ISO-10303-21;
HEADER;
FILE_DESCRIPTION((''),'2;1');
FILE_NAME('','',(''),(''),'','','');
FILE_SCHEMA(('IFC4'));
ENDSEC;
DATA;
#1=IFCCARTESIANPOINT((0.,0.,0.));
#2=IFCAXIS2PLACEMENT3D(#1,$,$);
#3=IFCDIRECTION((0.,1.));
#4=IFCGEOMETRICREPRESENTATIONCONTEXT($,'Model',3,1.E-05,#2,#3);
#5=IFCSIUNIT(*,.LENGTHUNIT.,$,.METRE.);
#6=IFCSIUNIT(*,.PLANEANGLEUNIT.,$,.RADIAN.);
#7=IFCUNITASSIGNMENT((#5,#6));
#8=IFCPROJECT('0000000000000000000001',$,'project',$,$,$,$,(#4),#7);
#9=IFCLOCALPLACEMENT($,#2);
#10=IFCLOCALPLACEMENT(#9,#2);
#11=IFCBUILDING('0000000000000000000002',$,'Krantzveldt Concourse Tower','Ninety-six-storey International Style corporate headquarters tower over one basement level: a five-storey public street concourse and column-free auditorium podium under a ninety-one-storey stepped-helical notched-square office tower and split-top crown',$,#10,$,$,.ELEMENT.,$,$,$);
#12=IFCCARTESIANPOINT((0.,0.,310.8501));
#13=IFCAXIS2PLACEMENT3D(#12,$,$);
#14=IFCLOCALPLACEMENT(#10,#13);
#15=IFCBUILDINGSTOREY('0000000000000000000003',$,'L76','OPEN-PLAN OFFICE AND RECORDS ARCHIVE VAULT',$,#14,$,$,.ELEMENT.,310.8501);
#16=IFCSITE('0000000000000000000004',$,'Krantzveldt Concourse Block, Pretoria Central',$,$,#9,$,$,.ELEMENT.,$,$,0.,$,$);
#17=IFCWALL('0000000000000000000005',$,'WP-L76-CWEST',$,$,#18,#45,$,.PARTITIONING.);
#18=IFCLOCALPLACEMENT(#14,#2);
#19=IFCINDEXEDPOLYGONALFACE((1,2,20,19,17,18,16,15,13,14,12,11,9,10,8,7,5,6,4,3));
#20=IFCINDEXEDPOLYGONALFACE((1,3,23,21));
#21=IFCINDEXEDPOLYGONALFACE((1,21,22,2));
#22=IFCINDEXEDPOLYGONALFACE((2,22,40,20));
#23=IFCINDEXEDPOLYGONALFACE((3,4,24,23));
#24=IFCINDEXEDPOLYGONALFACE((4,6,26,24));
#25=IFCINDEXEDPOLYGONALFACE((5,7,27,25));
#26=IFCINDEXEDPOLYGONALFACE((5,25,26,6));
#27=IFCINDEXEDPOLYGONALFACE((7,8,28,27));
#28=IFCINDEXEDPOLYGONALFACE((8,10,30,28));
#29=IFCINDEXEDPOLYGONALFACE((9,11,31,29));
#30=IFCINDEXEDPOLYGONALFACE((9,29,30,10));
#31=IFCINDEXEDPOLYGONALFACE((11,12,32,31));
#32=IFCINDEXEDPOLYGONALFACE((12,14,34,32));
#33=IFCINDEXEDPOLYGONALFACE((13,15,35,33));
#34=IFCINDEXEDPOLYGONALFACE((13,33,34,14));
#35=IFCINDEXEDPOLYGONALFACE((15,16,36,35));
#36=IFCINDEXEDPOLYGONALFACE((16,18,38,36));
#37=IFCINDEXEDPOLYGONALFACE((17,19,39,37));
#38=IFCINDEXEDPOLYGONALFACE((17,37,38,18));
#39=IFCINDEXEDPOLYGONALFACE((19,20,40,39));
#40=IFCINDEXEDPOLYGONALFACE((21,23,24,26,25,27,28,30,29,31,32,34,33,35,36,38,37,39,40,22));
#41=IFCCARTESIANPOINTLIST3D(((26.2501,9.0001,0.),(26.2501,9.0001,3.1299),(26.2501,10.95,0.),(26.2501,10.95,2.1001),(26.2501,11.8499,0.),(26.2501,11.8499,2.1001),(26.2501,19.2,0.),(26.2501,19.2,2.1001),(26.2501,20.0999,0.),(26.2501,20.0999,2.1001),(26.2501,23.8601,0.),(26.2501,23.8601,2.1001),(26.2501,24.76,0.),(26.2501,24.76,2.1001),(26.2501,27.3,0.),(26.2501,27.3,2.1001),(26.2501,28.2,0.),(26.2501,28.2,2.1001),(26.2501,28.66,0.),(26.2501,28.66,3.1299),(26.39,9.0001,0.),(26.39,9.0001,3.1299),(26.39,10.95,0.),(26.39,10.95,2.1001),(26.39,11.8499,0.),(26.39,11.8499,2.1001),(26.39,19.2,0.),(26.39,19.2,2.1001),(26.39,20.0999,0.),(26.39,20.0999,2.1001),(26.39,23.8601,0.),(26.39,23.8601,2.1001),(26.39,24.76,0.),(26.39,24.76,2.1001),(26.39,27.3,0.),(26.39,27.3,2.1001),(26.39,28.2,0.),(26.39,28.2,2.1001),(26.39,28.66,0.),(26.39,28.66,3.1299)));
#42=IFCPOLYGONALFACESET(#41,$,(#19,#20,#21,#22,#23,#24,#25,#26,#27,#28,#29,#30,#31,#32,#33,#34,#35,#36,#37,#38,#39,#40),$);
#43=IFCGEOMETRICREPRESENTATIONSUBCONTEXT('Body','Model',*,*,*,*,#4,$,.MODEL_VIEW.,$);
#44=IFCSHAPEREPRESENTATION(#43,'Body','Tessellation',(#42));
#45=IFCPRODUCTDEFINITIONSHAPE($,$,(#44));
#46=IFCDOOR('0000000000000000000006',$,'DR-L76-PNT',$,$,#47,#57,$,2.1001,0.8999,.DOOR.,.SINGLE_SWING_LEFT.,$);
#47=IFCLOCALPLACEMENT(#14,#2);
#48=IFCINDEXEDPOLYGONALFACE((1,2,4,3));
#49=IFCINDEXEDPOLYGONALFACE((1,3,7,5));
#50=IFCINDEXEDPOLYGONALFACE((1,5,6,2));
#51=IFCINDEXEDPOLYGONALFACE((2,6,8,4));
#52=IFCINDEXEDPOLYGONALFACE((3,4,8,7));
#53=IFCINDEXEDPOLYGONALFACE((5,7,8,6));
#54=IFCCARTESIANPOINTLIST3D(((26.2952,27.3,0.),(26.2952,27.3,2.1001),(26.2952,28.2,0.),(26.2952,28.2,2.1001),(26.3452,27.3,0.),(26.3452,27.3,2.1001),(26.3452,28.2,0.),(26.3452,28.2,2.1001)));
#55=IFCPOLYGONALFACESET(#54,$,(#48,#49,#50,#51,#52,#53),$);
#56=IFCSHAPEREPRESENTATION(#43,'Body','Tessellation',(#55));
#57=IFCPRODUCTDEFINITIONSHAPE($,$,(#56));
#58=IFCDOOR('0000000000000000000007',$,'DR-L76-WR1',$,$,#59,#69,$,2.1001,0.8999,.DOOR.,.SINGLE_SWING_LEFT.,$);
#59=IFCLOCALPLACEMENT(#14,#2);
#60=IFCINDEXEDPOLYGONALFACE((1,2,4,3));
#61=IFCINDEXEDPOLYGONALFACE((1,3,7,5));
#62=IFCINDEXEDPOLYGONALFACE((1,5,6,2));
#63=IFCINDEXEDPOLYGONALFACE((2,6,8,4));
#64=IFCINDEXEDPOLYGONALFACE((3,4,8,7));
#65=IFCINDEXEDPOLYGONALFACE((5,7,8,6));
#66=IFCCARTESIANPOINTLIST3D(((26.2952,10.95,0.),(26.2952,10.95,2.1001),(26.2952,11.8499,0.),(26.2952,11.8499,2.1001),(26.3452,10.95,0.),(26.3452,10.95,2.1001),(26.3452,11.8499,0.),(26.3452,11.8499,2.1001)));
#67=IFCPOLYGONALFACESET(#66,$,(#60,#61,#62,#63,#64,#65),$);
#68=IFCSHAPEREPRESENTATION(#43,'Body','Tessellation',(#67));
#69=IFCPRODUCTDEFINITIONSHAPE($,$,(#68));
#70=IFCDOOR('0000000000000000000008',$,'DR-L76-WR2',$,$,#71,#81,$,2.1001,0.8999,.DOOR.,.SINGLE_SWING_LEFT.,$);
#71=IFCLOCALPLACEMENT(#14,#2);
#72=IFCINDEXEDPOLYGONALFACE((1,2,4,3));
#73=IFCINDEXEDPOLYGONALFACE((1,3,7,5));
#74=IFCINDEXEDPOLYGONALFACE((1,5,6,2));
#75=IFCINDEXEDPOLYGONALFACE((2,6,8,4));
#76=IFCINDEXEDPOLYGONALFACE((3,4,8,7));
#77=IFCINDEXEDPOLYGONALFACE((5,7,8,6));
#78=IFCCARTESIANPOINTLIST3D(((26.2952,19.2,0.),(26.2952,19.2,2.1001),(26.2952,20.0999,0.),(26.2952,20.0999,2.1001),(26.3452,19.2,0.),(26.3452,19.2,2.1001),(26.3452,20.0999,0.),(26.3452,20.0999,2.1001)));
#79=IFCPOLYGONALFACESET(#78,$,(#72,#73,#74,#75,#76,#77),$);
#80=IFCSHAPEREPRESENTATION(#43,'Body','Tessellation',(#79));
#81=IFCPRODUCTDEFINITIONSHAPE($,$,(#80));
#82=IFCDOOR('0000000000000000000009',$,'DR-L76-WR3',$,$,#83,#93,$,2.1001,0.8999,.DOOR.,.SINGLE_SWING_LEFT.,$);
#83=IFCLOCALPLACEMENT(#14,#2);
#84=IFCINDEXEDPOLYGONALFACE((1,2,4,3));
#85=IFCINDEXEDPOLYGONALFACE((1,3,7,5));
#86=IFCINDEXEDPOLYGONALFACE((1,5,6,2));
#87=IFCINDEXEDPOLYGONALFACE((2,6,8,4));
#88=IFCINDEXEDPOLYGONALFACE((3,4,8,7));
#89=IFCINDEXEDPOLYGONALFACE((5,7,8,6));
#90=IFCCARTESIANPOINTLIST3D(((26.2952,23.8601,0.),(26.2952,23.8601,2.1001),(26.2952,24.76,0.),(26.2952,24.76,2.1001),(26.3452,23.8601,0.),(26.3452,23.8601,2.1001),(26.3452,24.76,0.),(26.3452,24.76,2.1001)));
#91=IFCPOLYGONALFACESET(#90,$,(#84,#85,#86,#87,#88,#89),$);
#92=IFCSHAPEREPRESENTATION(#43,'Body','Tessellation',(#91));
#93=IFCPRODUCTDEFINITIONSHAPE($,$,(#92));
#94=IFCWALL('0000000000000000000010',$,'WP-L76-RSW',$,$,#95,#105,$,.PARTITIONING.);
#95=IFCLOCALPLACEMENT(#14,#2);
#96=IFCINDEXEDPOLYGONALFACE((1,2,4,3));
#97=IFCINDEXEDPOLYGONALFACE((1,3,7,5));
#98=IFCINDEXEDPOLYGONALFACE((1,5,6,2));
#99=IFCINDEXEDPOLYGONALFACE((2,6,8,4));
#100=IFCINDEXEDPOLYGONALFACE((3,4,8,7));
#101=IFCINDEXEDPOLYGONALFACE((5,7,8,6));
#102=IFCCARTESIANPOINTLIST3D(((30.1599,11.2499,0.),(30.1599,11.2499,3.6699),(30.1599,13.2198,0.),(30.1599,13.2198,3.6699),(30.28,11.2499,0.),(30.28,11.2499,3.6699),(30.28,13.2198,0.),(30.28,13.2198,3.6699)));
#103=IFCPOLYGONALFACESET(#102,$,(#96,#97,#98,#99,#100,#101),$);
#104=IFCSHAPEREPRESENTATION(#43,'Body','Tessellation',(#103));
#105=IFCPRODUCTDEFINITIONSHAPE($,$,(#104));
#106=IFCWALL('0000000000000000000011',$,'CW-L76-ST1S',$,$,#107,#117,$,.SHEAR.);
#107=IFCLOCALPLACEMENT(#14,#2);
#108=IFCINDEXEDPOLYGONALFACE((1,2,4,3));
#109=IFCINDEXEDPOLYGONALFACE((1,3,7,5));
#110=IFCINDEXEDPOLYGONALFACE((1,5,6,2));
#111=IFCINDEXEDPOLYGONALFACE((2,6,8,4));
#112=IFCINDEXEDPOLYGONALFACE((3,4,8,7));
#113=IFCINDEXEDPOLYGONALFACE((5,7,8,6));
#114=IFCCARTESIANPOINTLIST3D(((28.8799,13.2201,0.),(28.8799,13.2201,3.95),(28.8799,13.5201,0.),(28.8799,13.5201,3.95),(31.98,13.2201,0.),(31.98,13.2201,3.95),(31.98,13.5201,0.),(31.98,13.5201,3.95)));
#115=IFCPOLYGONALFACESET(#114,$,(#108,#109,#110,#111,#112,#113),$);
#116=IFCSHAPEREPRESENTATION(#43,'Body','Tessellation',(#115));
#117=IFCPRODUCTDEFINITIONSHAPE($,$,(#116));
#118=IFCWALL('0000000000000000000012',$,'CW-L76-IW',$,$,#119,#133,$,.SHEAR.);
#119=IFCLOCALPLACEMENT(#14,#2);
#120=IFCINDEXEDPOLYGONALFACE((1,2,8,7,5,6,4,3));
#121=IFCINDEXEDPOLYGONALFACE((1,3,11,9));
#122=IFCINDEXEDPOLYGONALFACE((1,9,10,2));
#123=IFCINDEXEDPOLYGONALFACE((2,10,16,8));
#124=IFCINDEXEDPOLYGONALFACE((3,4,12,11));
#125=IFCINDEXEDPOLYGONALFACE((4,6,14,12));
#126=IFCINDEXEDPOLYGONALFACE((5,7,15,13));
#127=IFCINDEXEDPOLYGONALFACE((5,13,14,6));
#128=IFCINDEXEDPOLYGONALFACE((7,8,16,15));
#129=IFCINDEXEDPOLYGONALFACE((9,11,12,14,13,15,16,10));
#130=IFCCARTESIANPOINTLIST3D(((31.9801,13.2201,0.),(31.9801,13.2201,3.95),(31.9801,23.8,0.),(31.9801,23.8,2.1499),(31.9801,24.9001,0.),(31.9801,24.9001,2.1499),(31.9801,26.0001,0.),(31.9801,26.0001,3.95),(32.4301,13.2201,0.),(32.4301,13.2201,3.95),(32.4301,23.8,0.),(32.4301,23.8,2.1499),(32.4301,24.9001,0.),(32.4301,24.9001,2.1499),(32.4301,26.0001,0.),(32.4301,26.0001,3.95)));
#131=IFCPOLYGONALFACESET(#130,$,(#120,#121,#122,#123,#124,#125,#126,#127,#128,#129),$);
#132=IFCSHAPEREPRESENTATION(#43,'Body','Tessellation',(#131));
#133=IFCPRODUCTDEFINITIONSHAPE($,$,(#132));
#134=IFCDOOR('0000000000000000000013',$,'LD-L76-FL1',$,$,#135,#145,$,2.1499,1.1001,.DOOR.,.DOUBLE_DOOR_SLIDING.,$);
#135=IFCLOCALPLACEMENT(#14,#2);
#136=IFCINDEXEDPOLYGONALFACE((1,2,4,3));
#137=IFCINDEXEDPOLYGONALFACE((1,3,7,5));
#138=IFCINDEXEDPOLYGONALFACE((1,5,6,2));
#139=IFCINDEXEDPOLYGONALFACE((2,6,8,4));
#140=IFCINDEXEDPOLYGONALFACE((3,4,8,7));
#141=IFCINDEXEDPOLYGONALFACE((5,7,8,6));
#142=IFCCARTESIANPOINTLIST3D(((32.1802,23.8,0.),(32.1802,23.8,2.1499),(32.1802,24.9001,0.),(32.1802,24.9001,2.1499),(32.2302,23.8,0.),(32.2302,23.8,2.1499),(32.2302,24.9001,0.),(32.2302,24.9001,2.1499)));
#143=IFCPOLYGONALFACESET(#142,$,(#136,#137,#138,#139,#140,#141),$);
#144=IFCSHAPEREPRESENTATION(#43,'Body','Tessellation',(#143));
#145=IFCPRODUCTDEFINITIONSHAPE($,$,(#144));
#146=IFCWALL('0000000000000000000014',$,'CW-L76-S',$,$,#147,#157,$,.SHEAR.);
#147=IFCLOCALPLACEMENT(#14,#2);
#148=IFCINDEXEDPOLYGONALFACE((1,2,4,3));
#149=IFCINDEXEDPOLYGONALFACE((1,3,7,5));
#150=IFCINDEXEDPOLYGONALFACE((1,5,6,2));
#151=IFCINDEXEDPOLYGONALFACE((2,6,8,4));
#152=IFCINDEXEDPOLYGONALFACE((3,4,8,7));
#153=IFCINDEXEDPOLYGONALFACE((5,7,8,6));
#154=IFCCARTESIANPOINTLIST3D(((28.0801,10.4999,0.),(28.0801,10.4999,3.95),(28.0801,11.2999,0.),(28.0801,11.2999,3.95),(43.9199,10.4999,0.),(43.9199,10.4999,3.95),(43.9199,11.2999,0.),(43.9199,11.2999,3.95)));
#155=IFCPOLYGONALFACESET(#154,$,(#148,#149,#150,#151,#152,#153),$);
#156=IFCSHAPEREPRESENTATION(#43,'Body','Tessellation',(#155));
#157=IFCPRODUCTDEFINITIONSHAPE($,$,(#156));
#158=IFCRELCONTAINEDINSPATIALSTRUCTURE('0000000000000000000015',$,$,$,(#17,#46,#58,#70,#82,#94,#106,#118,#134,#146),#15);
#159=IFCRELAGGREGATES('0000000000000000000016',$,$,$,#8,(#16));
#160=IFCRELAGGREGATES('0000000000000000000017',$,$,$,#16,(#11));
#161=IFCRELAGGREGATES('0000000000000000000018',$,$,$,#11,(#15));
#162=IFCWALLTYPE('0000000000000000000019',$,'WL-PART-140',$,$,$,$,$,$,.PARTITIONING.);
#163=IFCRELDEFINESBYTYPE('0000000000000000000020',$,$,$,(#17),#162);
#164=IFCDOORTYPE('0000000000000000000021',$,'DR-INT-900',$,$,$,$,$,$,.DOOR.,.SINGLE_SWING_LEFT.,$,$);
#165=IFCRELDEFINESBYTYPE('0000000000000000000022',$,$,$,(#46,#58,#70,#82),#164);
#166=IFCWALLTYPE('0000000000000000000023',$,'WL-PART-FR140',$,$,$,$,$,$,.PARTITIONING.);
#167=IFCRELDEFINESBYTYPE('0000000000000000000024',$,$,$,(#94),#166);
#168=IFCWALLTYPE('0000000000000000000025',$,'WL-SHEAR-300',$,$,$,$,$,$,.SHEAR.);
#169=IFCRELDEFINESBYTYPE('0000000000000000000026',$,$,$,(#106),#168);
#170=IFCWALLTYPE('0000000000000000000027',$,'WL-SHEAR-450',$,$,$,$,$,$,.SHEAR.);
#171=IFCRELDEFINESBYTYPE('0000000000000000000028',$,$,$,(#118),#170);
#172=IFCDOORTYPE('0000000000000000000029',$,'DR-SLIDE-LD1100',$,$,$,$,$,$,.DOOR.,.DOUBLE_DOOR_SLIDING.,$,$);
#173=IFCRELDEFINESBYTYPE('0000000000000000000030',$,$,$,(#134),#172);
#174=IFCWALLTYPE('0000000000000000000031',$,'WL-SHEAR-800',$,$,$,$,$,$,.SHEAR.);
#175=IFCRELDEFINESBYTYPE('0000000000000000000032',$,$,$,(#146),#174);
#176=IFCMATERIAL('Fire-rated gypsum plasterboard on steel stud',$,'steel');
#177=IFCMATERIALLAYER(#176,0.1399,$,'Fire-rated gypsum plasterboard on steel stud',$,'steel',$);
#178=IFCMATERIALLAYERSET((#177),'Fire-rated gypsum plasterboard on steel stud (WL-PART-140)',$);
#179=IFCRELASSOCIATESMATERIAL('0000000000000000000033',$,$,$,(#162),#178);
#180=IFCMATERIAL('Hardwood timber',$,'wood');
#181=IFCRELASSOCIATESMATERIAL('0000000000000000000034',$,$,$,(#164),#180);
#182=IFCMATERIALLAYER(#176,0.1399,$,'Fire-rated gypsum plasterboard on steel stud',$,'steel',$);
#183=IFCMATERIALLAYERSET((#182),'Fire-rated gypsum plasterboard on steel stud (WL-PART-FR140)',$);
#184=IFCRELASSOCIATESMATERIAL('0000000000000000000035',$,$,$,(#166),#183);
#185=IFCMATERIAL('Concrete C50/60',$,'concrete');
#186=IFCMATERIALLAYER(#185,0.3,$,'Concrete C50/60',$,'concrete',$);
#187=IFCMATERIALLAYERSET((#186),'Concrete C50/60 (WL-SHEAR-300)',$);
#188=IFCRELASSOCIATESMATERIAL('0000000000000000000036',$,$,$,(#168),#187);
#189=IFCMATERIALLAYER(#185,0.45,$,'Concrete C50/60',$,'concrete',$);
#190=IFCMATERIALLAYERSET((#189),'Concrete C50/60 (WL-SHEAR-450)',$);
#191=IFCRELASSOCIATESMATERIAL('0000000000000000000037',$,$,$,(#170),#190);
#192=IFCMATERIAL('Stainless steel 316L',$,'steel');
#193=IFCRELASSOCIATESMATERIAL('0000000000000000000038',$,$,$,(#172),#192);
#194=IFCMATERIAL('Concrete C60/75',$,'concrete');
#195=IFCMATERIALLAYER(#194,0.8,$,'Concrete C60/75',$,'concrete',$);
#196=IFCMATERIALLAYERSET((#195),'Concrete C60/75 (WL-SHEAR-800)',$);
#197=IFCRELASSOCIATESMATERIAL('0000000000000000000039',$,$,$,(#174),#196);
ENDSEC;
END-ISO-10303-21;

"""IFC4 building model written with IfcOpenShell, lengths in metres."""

from ifc_helpers import new_model, si_unit, direction, frame, frame_2d, origin, place, context, subcontext, project, spatial, rectangle, extrude, material, layer, layer_set, type_object, element, fill, save


model = new_model("IFC4")

# Units and contexts
model_context = context("Model", 3, precision=1e-05, world=origin(), true_north=direction((0.0, 1.0)))
body_context = subcontext(model_context, "Body", "Model", "MODEL_VIEW")
ifc_project = project(units=[si_unit("LENGTHUNIT", "METRE"), si_unit("PLANEANGLEUNIT", "RADIAN")], contexts=[model_context])

# Site, building, storey
site_placement = place(None, origin())
site = spatial("IfcSite", under=ifc_project, at=site_placement, Name="Krantzveldt Concourse Block, Pretoria Central", CompositionType="ELEMENT", RefElevation=0.0)
building_placement = place(site_placement, origin())
building = spatial("IfcBuilding", under=site, at=building_placement, Name="Krantzveldt Concourse Tower", Description="Ninety-six-storey International Style corporate headquarters tower over one basement level: a five-storey public street concourse and column-free auditorium podium under a ninety-one-storey stepped-helical notched-square office tower and split-top crown", CompositionType="ELEMENT")
storey_placement = place(building_placement, frame((0.0, 0.0, 310.8501)))
storey = spatial("IfcBuildingStorey", under=building, at=storey_placement, Name="L76", Description="OPEN-PLAN OFFICE AND RECORDS ARCHIVE VAULT", CompositionType="ELEMENT", Elevation=310.8501)

# Shared definitions
ifc_material_1 = material(Name="Fire-rated gypsum plasterboard on steel stud", Category="steel")
ifc_material_2 = material(Name="Hardwood timber", Category="wood")

# Wall, openings, doors
ifc_layer_1 = layer(ifc_material_1, 0.1399, Name="Fire-rated gypsum plasterboard on steel stud", Category="steel")
ifc_layer_set_1 = layer_set([ifc_layer_1], Name="Fire-rated gypsum plasterboard on steel stud (WL-PART-140)")
wall_type_1 = type_object("IfcWallType", Name="WL-PART-140", PredefinedType="PARTITIONING", material=ifc_layer_set_1)
wall_1_placement = place(storey_placement, frame((26.3201, 9.0, 0.0), z_axis=(0.0, 0.0, 1.0), x_axis=(0.0, 1.0, 0.0)))
wall_1 = element("IfcWall", 1, at=wall_1_placement, inside=storey, type_object=wall_type_1, Name="WP-L76-CWEST", PredefinedType="PARTITIONING", context=body_context, shape_type="SweptSolid", body=[
    extrude(rectangle(XDim=19.6599, YDim=0.1399, at=frame_2d((9.8301, 0.0))), origin(), (0.0, 0.0, 1.0), 3.1299),
])
opening_1_placement = place(wall_1_placement, frame((18.3, 0.0, 0.0)))
opening_1 = element("IfcOpeningElement", 2, at=opening_1_placement, cuts=wall_1, PredefinedType="OPENING", context=body_context, shape_type="SweptSolid", body=[
    extrude(rectangle(XDim=0.8999, YDim=2.1001, at=frame_2d((0.45, 1.05))), frame((0.0, 0.0801, 0.0), z_axis=(0.0, -1.0, 0.0), x_axis=(1.0, 0.0, 0.0)), (0.0, 0.0, 1.0), 0.1599),
])
opening_2_placement = place(wall_1_placement, frame((1.95, 0.0, 0.0)))
opening_2 = element("IfcOpeningElement", 3, at=opening_2_placement, cuts=wall_1, PredefinedType="OPENING", context=body_context, shape_type="SweptSolid", body=[
    extrude(rectangle(XDim=0.8999, YDim=2.1001, at=frame_2d((0.45, 1.05))), frame((0.0, 0.0801, 0.0), z_axis=(0.0, -1.0, 0.0), x_axis=(1.0, 0.0, 0.0)), (0.0, 0.0, 1.0), 0.1599),
])
opening_3_placement = place(wall_1_placement, frame((10.2, 0.0, 0.0)))
opening_3 = element("IfcOpeningElement", 4, at=opening_3_placement, cuts=wall_1, PredefinedType="OPENING", context=body_context, shape_type="SweptSolid", body=[
    extrude(rectangle(XDim=0.8999, YDim=2.1001, at=frame_2d((0.45, 1.05))), frame((0.0, 0.0801, 0.0), z_axis=(0.0, -1.0, 0.0), x_axis=(1.0, 0.0, 0.0)), (0.0, 0.0, 1.0), 0.1599),
])
opening_4_placement = place(wall_1_placement, frame((14.8601, 0.0, 0.0)))
opening_4 = element("IfcOpeningElement", 5, at=opening_4_placement, cuts=wall_1, PredefinedType="OPENING", context=body_context, shape_type="SweptSolid", body=[
    extrude(rectangle(XDim=0.8999, YDim=2.1001, at=frame_2d((0.45, 1.05))), frame((0.0, 0.0801, 0.0), z_axis=(0.0, -1.0, 0.0), x_axis=(1.0, 0.0, 0.0)), (0.0, 0.0, 1.0), 0.1599),
])
door_type_1 = type_object("IfcDoorType", Name="DR-INT-900", OperationType="SINGLE_SWING_LEFT", PredefinedType="DOOR", material=ifc_material_2)
door_1_placement = place(opening_1_placement, origin())
door_1 = element("IfcDoor", 6, at=door_1_placement, inside=storey, type_object=door_type_1, Name="DR-L76-PNT", OperationType="SINGLE_SWING_LEFT", OverallHeight=2.1001, OverallWidth=0.8999, PredefinedType="DOOR", context=body_context, shape_type="SweptSolid", body=[
    extrude(rectangle(XDim=0.8999, YDim=2.1001, at=frame_2d((0.45, 1.05))), frame((0.0, 0.0249, 0.0), z_axis=(0.0, -1.0, 0.0), x_axis=(1.0, 0.0, 0.0)), (0.0, 0.0, 1.0), 0.05),
])
fill(opening_1, door_1)
door_2_placement = place(opening_2_placement, origin())
door_2 = element("IfcDoor", 7, at=door_2_placement, inside=storey, type_object=door_type_1, Name="DR-L76-WR1", OperationType="SINGLE_SWING_LEFT", OverallHeight=2.1001, OverallWidth=0.8999, PredefinedType="DOOR", context=body_context, shape_type="SweptSolid", body=[
    extrude(rectangle(XDim=0.8999, YDim=2.1001, at=frame_2d((0.45, 1.05))), frame((0.0, 0.0249, 0.0), z_axis=(0.0, -1.0, 0.0), x_axis=(1.0, 0.0, 0.0)), (0.0, 0.0, 1.0), 0.05),
])
fill(opening_2, door_2)
door_3_placement = place(opening_3_placement, origin())
door_3 = element("IfcDoor", 8, at=door_3_placement, inside=storey, type_object=door_type_1, Name="DR-L76-WR2", OperationType="SINGLE_SWING_LEFT", OverallHeight=2.1001, OverallWidth=0.8999, PredefinedType="DOOR", context=body_context, shape_type="SweptSolid", body=[
    extrude(rectangle(XDim=0.8999, YDim=2.1001, at=frame_2d((0.45, 1.05))), frame((0.0, 0.0249, 0.0), z_axis=(0.0, -1.0, 0.0), x_axis=(1.0, 0.0, 0.0)), (0.0, 0.0, 1.0), 0.05),
])
fill(opening_3, door_3)
door_4_placement = place(opening_4_placement, origin())
door_4 = element("IfcDoor", 9, at=door_4_placement, inside=storey, type_object=door_type_1, Name="DR-L76-WR3", OperationType="SINGLE_SWING_LEFT", OverallHeight=2.1001, OverallWidth=0.8999, PredefinedType="DOOR", context=body_context, shape_type="SweptSolid", body=[
    extrude(rectangle(XDim=0.8999, YDim=2.1001, at=frame_2d((0.45, 1.05))), frame((0.0, 0.0249, 0.0), z_axis=(0.0, -1.0, 0.0), x_axis=(1.0, 0.0, 0.0)), (0.0, 0.0, 1.0), 0.05),
])
fill(opening_4, door_4)

# Walls
ifc_layer_2 = layer(ifc_material_1, 0.1399, Name="Fire-rated gypsum plasterboard on steel stud", Category="steel")
ifc_layer_set_2 = layer_set([ifc_layer_2], Name="Fire-rated gypsum plasterboard on steel stud (WL-PART-FR140)")
wall_type_2 = type_object("IfcWallType", Name="WL-PART-FR140", PredefinedType="PARTITIONING", material=ifc_layer_set_2)
wall_2_placement = place(storey_placement, frame((30.22, 11.25, 0.0), z_axis=(0.0, 0.0, 1.0), x_axis=(0.0, 1.0, 0.0)))
element("IfcWall", 10, at=wall_2_placement, inside=storey, type_object=wall_type_2, Name="WP-L76-RSW", PredefinedType="PARTITIONING", context=body_context, shape_type="SweptSolid", body=[
    extrude(rectangle(XDim=1.97, YDim=0.1201, at=frame_2d((0.9849, 0.0))), origin(), (0.0, 0.0, 1.0), 3.6699),
])
ifc_material_3 = material(Name="Concrete C50/60", Category="concrete")
ifc_layer_3 = layer(ifc_material_3, 0.3, Name="Concrete C50/60", Category="concrete")
ifc_layer_set_3 = layer_set([ifc_layer_3], Name="Concrete C50/60 (WL-SHEAR-300)")
wall_type_3 = type_object("IfcWallType", Name="WL-SHEAR-300", PredefinedType="SHEAR", material=ifc_layer_set_3)
wall_3_placement = place(storey_placement, frame((28.8799, 13.3701, 0.0), z_axis=(0.0, 0.0, 1.0), x_axis=(1.0, 0.0, 0.0)))
element("IfcWall", 11, at=wall_3_placement, inside=storey, type_object=wall_type_3, Name="CW-L76-ST1S", PredefinedType="SHEAR", context=body_context, shape_type="SweptSolid", body=[
    extrude(rectangle(XDim=3.1001, YDim=0.3, at=frame_2d((1.55, 0.0))), origin(), (0.0, 0.0, 1.0), 3.95),
])

# Wall, opening, door
ifc_layer_4 = layer(ifc_material_3, 0.45, Name="Concrete C50/60", Category="concrete")
ifc_layer_set_4 = layer_set([ifc_layer_4], Name="Concrete C50/60 (WL-SHEAR-450)")
wall_type_4 = type_object("IfcWallType", Name="WL-SHEAR-450", PredefinedType="SHEAR", material=ifc_layer_set_4)
wall_4_placement = place(storey_placement, frame((32.2051, 13.22, 0.0), z_axis=(0.0, 0.0, 1.0), x_axis=(0.0, 1.0, 0.0)))
wall_4 = element("IfcWall", 12, at=wall_4_placement, inside=storey, type_object=wall_type_4, Name="CW-L76-IW", PredefinedType="SHEAR", context=body_context, shape_type="SweptSolid", body=[
    extrude(rectangle(XDim=12.78, YDim=0.45, at=frame_2d((6.3901, 0.0))), origin(), (0.0, 0.0, 1.0), 3.95),
])
opening_5_placement = place(wall_4_placement, frame((10.5801, 0.0, 0.0)))
opening_5 = element("IfcOpeningElement", 13, at=opening_5_placement, cuts=wall_4, PredefinedType="OPENING", context=body_context, shape_type="SweptSolid", body=[
    extrude(rectangle(XDim=1.1001, YDim=2.1499, at=frame_2d((0.55, 1.075))), frame((0.0, 0.2349, 0.0), z_axis=(0.0, -1.0, 0.0), x_axis=(1.0, 0.0, 0.0)), (0.0, 0.0, 1.0), 0.47),
])
ifc_material_4 = material(Name="Stainless steel 316L", Category="steel")
door_type_2 = type_object("IfcDoorType", Name="DR-SLIDE-LD1100", OperationType="DOUBLE_DOOR_SLIDING", PredefinedType="DOOR", material=ifc_material_4)
door_5_placement = place(opening_5_placement, origin())
door_5 = element("IfcDoor", 14, at=door_5_placement, inside=storey, type_object=door_type_2, Name="LD-L76-FL1", OperationType="DOUBLE_DOOR_SLIDING", OverallHeight=2.1499, OverallWidth=1.1001, PredefinedType="DOOR", context=body_context, shape_type="SweptSolid", body=[
    extrude(rectangle(XDim=1.1001, YDim=2.1499, at=frame_2d((0.55, 1.075))), frame((0.0, 0.0249, 0.0), z_axis=(0.0, -1.0, 0.0), x_axis=(1.0, 0.0, 0.0)), (0.0, 0.0, 1.0), 0.05),
])
fill(opening_5, door_5)

# Wall
ifc_material_5 = material(Name="Concrete C60/75", Category="concrete")
ifc_layer_5 = layer(ifc_material_5, 0.8, Name="Concrete C60/75", Category="concrete")
ifc_layer_set_5 = layer_set([ifc_layer_5], Name="Concrete C60/75 (WL-SHEAR-800)")
wall_type_5 = type_object("IfcWallType", Name="WL-SHEAR-800", PredefinedType="SHEAR", material=ifc_layer_set_5)
wall_5_placement = place(storey_placement, frame((28.0801, 10.8999, 0.0), z_axis=(0.0, 0.0, 1.0), x_axis=(1.0, 0.0, 0.0)))
element("IfcWall", 15, at=wall_5_placement, inside=storey, type_object=wall_type_5, Name="CW-L76-S", PredefinedType="SHEAR", context=body_context, shape_type="SweptSolid", body=[
    extrude(rectangle(XDim=15.8398, YDim=0.8, at=frame_2d((7.9199, 0.0))), origin(), (0.0, 0.0, 1.0), 3.95),
])

save(model, "model.ifc")
